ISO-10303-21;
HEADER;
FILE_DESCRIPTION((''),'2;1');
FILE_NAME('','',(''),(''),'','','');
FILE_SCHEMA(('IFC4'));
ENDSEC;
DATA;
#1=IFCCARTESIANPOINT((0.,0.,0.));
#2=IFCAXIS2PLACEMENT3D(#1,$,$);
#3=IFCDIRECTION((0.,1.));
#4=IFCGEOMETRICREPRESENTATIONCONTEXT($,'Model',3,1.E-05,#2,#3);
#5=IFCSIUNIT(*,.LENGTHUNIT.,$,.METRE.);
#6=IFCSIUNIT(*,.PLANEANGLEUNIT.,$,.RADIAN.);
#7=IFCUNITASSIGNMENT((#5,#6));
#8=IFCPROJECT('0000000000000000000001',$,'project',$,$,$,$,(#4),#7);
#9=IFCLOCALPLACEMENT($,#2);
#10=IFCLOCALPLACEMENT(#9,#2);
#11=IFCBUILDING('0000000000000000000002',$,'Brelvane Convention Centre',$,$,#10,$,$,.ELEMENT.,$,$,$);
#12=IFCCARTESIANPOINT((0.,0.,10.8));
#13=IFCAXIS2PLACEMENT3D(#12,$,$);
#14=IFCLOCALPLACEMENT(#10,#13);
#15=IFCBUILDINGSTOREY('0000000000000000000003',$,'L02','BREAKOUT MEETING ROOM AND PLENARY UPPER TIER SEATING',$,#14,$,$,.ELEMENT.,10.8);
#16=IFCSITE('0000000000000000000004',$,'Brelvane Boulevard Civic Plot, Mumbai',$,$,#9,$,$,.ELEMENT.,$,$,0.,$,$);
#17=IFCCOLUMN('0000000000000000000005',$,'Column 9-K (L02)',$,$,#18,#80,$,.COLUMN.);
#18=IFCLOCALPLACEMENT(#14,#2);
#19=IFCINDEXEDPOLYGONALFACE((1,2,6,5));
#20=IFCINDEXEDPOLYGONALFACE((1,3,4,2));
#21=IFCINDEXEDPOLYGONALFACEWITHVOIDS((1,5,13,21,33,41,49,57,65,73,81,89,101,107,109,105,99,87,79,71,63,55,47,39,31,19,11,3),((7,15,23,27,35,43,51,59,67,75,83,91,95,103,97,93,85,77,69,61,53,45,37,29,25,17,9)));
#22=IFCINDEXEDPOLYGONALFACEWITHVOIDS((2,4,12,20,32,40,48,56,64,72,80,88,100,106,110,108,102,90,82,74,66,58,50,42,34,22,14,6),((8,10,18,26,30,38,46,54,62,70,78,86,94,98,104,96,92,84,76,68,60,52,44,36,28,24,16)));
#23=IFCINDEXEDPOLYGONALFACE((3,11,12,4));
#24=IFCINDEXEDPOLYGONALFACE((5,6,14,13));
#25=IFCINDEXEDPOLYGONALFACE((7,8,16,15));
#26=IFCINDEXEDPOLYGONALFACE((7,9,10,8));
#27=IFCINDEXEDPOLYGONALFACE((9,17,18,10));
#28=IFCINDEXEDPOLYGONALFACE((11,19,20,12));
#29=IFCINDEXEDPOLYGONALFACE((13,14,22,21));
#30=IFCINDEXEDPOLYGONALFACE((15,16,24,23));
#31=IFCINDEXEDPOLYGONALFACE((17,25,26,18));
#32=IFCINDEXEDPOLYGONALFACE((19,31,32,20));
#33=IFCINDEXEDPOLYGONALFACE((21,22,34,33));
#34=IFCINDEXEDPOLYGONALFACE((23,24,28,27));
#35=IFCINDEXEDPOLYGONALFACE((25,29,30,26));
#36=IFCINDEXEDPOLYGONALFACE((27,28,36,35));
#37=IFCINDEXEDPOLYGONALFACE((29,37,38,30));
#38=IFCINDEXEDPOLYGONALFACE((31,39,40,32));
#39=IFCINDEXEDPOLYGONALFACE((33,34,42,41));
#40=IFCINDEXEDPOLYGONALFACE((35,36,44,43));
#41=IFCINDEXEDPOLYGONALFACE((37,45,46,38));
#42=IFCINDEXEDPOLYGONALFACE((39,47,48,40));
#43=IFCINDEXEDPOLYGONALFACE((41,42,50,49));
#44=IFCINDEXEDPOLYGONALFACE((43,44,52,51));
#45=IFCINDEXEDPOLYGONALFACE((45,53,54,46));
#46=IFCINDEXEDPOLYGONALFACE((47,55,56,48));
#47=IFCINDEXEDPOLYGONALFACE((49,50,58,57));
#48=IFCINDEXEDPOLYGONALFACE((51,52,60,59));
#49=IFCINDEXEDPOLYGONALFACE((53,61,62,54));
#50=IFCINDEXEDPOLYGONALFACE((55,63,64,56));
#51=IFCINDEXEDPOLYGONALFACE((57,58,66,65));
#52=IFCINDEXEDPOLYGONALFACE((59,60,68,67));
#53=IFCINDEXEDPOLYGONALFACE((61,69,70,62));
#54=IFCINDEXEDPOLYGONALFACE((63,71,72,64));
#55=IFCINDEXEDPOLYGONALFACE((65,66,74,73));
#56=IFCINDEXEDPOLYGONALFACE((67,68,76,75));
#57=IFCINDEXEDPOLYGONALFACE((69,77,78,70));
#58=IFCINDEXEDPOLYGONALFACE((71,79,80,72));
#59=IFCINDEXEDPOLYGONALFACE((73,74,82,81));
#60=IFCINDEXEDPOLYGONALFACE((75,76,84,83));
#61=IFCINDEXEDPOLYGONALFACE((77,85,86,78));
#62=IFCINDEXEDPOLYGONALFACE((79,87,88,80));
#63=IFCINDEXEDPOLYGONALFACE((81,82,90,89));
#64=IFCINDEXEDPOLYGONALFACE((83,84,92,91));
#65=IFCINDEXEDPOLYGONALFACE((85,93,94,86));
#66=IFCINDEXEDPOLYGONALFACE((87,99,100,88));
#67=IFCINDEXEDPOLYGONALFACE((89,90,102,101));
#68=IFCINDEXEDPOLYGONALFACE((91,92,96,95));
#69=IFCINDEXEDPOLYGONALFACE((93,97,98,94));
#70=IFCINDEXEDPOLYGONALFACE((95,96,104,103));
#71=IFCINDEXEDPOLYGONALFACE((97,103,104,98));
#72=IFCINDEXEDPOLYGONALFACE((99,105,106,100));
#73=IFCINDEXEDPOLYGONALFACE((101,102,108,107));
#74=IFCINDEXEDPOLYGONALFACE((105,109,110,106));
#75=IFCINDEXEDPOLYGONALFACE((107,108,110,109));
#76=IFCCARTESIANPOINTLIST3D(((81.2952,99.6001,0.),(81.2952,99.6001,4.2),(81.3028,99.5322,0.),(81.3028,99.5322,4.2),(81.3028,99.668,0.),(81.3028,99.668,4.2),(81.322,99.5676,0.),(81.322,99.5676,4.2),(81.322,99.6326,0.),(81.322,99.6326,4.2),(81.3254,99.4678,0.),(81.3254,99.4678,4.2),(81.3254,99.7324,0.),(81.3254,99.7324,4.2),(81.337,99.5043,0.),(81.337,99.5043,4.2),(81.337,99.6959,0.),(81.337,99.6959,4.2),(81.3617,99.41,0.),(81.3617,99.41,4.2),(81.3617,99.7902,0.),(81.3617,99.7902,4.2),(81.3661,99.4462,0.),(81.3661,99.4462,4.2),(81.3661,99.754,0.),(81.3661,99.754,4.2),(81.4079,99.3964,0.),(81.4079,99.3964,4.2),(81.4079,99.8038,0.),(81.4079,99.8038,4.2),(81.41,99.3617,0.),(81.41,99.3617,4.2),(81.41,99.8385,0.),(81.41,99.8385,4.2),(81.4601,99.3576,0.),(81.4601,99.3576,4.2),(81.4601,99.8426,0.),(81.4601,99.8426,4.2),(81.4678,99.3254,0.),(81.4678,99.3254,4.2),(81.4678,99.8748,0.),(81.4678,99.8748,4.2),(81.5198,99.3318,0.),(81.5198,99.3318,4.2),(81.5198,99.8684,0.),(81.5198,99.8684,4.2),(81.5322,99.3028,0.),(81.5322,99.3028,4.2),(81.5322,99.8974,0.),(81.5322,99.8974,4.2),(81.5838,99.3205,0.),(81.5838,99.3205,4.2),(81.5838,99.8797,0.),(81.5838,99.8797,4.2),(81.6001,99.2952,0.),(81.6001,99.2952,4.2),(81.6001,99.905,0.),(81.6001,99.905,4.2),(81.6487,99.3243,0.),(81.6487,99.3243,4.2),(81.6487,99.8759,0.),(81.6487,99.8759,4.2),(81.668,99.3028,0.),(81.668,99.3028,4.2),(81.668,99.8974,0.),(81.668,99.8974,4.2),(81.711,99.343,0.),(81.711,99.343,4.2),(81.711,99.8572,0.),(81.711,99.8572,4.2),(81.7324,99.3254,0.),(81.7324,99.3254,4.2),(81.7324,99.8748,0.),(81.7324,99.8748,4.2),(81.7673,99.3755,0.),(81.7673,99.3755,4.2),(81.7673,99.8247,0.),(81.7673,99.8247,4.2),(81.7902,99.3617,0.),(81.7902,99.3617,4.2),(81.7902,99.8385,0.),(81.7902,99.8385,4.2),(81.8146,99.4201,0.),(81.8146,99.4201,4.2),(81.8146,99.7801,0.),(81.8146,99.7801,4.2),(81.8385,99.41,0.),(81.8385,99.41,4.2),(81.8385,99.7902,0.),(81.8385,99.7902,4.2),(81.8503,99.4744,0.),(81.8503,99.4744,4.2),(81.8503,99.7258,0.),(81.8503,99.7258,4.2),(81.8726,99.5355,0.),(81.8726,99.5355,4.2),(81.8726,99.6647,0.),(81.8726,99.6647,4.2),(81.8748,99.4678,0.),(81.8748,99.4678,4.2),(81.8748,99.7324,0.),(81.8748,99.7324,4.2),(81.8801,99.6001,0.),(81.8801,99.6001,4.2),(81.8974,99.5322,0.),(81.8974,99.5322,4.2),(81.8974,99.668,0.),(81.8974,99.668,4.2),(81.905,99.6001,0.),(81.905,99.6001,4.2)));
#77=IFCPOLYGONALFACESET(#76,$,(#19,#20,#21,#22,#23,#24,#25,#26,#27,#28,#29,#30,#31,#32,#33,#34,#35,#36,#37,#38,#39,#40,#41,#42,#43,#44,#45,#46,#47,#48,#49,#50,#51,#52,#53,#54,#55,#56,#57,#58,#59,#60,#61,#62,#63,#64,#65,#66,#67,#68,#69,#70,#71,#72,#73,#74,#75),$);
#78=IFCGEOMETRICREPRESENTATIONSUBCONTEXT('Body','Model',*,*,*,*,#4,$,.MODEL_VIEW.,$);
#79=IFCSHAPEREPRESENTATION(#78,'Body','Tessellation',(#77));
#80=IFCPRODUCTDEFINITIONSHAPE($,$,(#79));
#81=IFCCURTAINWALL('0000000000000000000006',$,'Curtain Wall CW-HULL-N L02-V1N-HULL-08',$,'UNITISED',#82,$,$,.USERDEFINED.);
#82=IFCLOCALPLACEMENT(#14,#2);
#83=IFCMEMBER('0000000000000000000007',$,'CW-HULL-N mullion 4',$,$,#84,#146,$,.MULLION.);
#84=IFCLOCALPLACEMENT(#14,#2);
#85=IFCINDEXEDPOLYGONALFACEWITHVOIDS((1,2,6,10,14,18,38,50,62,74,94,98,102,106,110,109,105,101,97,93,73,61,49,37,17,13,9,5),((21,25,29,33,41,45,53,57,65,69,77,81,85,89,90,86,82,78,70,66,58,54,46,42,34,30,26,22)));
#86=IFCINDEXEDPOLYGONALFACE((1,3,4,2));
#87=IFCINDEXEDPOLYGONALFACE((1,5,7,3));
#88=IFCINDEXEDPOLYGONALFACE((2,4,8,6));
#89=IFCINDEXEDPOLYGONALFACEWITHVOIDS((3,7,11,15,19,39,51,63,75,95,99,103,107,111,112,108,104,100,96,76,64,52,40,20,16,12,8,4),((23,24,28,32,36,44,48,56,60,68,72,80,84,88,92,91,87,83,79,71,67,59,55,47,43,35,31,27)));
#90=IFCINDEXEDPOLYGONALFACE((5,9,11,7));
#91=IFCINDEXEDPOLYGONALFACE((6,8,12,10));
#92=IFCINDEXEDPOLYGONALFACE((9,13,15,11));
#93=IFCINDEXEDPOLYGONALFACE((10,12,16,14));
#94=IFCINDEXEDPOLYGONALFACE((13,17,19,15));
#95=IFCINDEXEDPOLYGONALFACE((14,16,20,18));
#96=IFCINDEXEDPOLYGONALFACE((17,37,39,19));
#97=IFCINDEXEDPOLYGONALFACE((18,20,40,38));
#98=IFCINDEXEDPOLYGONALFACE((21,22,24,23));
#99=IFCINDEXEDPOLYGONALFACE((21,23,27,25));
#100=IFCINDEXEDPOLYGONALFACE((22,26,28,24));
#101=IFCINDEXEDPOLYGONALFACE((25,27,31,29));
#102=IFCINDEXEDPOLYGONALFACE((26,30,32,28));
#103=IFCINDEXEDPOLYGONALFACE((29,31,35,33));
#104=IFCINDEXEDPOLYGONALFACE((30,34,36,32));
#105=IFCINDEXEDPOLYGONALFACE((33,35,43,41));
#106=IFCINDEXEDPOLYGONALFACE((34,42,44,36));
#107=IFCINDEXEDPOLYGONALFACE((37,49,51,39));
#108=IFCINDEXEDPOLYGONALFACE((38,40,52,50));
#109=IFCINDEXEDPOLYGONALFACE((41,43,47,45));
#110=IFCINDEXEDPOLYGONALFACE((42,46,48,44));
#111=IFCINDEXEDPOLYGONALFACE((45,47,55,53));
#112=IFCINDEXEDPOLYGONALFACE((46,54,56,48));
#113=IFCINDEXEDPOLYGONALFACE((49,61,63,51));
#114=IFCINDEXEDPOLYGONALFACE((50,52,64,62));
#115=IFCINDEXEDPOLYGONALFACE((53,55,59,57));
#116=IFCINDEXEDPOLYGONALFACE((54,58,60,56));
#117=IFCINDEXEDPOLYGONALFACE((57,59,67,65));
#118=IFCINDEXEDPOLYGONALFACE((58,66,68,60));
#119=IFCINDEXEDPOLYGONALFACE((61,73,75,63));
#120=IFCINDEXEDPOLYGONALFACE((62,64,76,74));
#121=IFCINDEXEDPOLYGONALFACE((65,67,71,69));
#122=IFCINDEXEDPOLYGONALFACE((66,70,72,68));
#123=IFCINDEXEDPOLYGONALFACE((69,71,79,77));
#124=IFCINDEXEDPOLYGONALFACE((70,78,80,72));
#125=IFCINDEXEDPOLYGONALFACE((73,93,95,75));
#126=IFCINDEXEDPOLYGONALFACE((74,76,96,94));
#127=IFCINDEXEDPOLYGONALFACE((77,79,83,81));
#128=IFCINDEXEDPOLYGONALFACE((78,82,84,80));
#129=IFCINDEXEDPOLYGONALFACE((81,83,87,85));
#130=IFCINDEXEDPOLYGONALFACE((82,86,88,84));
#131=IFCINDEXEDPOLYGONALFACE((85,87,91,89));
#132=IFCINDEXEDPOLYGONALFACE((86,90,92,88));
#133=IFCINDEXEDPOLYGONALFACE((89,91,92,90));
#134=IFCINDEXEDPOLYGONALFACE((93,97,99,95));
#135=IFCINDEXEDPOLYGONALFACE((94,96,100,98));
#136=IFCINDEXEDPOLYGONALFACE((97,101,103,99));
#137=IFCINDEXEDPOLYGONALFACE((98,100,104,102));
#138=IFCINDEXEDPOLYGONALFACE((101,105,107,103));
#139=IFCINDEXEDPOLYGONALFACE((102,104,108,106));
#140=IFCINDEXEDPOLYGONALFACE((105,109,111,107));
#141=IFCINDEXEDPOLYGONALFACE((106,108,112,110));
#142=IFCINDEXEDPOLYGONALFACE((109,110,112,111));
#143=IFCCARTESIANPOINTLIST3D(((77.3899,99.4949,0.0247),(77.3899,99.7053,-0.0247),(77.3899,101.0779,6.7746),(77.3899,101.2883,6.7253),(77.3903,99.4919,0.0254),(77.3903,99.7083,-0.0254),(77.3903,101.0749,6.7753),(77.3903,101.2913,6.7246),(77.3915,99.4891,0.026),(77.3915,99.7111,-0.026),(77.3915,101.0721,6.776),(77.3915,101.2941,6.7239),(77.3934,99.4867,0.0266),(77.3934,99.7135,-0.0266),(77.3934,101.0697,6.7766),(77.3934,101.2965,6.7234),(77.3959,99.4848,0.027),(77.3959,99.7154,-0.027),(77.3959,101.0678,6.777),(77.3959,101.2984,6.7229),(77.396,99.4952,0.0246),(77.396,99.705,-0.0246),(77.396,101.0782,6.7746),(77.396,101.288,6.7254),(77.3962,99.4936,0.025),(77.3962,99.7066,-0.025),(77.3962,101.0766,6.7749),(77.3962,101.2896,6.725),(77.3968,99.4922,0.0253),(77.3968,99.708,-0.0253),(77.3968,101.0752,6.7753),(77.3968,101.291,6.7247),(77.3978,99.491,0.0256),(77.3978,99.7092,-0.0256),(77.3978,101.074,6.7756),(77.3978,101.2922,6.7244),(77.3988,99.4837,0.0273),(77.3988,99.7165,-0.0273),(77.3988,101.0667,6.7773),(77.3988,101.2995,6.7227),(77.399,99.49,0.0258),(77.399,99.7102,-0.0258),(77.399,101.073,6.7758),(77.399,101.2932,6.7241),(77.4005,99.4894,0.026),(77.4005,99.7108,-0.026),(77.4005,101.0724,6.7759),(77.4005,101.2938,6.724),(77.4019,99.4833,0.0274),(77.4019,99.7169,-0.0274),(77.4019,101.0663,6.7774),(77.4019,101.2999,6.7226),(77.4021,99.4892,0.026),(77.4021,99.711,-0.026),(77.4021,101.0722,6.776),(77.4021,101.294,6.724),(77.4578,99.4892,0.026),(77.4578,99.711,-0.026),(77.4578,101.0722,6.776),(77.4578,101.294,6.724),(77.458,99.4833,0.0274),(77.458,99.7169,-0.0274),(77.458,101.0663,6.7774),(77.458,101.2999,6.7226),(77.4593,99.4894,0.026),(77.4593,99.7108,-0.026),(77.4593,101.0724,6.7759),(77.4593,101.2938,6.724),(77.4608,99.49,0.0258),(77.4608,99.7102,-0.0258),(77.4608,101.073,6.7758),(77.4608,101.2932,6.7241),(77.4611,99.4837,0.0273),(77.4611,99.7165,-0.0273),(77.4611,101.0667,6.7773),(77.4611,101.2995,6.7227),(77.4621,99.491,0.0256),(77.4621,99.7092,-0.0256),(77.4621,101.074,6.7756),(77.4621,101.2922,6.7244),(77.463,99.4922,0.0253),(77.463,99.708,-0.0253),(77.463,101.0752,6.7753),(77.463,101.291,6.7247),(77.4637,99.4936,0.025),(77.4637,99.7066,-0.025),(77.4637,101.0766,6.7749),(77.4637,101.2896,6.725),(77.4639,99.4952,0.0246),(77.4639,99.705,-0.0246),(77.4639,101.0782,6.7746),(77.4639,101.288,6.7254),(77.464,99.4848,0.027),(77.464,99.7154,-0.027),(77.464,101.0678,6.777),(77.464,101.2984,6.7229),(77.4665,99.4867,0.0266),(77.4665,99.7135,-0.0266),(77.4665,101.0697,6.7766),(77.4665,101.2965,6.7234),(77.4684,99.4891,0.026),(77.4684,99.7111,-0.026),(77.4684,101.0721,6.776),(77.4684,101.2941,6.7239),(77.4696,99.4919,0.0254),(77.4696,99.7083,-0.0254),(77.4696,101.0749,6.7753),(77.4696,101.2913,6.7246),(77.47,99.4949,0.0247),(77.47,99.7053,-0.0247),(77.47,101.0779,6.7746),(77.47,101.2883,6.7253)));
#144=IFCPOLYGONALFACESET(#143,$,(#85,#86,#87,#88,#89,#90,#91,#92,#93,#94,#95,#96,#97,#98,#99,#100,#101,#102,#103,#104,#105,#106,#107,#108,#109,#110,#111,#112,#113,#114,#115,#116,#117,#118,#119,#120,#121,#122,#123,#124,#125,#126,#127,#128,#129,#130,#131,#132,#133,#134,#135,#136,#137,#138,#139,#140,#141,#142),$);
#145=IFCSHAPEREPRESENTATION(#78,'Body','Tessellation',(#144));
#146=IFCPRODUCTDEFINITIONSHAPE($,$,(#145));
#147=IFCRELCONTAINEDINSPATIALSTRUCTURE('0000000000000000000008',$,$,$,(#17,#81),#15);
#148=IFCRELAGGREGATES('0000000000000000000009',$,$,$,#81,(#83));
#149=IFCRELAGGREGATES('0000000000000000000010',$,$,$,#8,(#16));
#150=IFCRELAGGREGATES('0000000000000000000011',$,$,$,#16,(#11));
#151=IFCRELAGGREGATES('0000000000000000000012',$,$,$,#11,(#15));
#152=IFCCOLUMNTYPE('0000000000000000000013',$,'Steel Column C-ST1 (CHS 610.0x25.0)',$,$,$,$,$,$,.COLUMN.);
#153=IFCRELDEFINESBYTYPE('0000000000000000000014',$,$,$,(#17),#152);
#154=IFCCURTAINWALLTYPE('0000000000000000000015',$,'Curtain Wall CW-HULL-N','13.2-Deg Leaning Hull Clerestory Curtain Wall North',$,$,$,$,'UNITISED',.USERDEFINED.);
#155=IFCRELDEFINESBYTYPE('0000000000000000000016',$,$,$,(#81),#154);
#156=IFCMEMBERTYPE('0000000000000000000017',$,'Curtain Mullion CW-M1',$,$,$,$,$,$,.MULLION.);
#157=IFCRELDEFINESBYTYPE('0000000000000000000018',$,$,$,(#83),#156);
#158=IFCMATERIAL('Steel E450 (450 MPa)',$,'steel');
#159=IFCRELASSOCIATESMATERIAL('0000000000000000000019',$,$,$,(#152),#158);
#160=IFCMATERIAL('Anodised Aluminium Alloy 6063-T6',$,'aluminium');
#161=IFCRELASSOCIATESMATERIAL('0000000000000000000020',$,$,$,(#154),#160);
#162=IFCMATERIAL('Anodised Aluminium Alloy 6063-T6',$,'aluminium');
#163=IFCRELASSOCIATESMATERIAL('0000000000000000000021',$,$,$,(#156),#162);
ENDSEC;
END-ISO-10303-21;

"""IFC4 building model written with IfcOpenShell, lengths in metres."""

from ifc_helpers import new_model, si_unit, direction, frame, origin, origin_2d, place, context, subcontext, project, spatial, hollow_rectangle, hollow_circle, extrude, material, material_profile, profile_set, type_object, element, aggregate, save


model = new_model("IFC4")

# Units and contexts
model_context = context("Model", 3, precision=1e-05, world=origin(), true_north=direction((0.0, 1.0)))
body_context = subcontext(model_context, "Body", "Model", "MODEL_VIEW")
ifc_project = project(units=[si_unit("LENGTHUNIT", "METRE"), si_unit("PLANEANGLEUNIT", "RADIAN")], contexts=[model_context])

# Site, building, storey
site_placement = place(None, origin())
site = spatial("IfcSite", under=ifc_project, at=site_placement, Name="Brelvane Boulevard Civic Plot, Mumbai", CompositionType="ELEMENT", RefElevation=0.0)
building_placement = place(site_placement, origin())
building = spatial("IfcBuilding", under=site, at=building_placement, Name="Brelvane Convention Centre", CompositionType="ELEMENT")
storey_placement = place(building_placement, frame((0.0, 0.0, 10.8)))
storey = spatial("IfcBuildingStorey", under=building, at=storey_placement, Name="L02", Description="BREAKOUT MEETING ROOM AND PLENARY UPPER TIER SEATING", CompositionType="ELEMENT", Elevation=10.8)

# Column
ifc_material_1 = material(Name="Steel E450 (450 MPa)", Category="steel")
ifc_material_profile_1 = material_profile(ifc_material_1, hollow_circle(Radius=0.3049, WallThickness=0.0249, at=origin_2d()), Name="CHS 610.0x25.0")
ifc_profile_set_1 = profile_set([ifc_material_profile_1], Name="Steel E450 (450 MPa)")
column_type = type_object("IfcColumnType", Name="Steel Column C-ST1 (CHS 610.0x25.0)", PredefinedType="COLUMN", material=ifc_profile_set_1)
column_placement = place(storey_placement, frame((81.6001, 99.6001, 0.0), z_axis=(0.0, 0.0, 1.0), x_axis=(1.0, 0.0, 0.0)))
element("IfcColumn", 1, at=column_placement, inside=storey, type_object=column_type, Name="Column 9-K (L02)", PredefinedType="COLUMN", context=body_context, shape_type="SweptSolid", body=[
    extrude(hollow_circle(Radius=0.3049, WallThickness=0.0249, at=origin_2d()), origin(), (0.0, 0.0, 1.0), 4.2),
])

# Curtain wall, member
ifc_material_2 = material(Name="Anodised Aluminium Alloy 6063-T6", Category="aluminium")
curtain_wall_type = type_object("IfcCurtainWallType", Name="Curtain Wall CW-HULL-N", Description="13.2-Deg Leaning Hull Clerestory Curtain Wall North", ElementType="UNITISED", PredefinedType="USERDEFINED", material=ifc_material_2)
curtain_wall_1_placement = place(storey_placement, origin())
curtain_wall_1 = element("IfcCurtainWall", 2, at=curtain_wall_1_placement, inside=storey, type_object=curtain_wall_type, Name="Curtain Wall CW-HULL-N L02-V1N-HULL-08", ObjectType="UNITISED", PredefinedType="USERDEFINED")
ifc_material_3 = material(Name="Anodised Aluminium Alloy 6063-T6", Category="aluminium")
ifc_material_profile_2 = material_profile(ifc_material_3, hollow_rectangle(XDim=0.0801, YDim=0.24, WallThickness=0.0061, InnerFilletRadius=0.0061, OuterFilletRadius=0.012, at=origin_2d()), Name="ALU-M 240x80x6.0")
ifc_profile_set_2 = profile_set([ifc_material_profile_2], Name="Anodised Aluminium Alloy 6063-T6")
member_type_1 = type_object("IfcMemberType", Name="Curtain Mullion CW-M1", PredefinedType="MULLION", material=ifc_profile_set_2)
member_1_placement = place(storey_placement, frame((77.4299, 99.6001, 0.0), z_axis=(0.0, 0.228325, 0.973585), x_axis=(-1.0, 0.0, 0.0)))
member_1 = element("IfcMember", 3, at=member_1_placement, type_object=member_type_1, Name="CW-HULL-N mullion 4", PredefinedType="MULLION", context=body_context, shape_type="SweptSolid", body=[
    extrude(hollow_rectangle(XDim=0.0801, YDim=0.24, WallThickness=0.0061, InnerFilletRadius=0.0061, OuterFilletRadius=0.012, at=origin_2d()), origin(), (0.0, 0.0, 1.0), 6.9331),
])

aggregate(curtain_wall_1, [member_1])

save(model, "model.ifc")
